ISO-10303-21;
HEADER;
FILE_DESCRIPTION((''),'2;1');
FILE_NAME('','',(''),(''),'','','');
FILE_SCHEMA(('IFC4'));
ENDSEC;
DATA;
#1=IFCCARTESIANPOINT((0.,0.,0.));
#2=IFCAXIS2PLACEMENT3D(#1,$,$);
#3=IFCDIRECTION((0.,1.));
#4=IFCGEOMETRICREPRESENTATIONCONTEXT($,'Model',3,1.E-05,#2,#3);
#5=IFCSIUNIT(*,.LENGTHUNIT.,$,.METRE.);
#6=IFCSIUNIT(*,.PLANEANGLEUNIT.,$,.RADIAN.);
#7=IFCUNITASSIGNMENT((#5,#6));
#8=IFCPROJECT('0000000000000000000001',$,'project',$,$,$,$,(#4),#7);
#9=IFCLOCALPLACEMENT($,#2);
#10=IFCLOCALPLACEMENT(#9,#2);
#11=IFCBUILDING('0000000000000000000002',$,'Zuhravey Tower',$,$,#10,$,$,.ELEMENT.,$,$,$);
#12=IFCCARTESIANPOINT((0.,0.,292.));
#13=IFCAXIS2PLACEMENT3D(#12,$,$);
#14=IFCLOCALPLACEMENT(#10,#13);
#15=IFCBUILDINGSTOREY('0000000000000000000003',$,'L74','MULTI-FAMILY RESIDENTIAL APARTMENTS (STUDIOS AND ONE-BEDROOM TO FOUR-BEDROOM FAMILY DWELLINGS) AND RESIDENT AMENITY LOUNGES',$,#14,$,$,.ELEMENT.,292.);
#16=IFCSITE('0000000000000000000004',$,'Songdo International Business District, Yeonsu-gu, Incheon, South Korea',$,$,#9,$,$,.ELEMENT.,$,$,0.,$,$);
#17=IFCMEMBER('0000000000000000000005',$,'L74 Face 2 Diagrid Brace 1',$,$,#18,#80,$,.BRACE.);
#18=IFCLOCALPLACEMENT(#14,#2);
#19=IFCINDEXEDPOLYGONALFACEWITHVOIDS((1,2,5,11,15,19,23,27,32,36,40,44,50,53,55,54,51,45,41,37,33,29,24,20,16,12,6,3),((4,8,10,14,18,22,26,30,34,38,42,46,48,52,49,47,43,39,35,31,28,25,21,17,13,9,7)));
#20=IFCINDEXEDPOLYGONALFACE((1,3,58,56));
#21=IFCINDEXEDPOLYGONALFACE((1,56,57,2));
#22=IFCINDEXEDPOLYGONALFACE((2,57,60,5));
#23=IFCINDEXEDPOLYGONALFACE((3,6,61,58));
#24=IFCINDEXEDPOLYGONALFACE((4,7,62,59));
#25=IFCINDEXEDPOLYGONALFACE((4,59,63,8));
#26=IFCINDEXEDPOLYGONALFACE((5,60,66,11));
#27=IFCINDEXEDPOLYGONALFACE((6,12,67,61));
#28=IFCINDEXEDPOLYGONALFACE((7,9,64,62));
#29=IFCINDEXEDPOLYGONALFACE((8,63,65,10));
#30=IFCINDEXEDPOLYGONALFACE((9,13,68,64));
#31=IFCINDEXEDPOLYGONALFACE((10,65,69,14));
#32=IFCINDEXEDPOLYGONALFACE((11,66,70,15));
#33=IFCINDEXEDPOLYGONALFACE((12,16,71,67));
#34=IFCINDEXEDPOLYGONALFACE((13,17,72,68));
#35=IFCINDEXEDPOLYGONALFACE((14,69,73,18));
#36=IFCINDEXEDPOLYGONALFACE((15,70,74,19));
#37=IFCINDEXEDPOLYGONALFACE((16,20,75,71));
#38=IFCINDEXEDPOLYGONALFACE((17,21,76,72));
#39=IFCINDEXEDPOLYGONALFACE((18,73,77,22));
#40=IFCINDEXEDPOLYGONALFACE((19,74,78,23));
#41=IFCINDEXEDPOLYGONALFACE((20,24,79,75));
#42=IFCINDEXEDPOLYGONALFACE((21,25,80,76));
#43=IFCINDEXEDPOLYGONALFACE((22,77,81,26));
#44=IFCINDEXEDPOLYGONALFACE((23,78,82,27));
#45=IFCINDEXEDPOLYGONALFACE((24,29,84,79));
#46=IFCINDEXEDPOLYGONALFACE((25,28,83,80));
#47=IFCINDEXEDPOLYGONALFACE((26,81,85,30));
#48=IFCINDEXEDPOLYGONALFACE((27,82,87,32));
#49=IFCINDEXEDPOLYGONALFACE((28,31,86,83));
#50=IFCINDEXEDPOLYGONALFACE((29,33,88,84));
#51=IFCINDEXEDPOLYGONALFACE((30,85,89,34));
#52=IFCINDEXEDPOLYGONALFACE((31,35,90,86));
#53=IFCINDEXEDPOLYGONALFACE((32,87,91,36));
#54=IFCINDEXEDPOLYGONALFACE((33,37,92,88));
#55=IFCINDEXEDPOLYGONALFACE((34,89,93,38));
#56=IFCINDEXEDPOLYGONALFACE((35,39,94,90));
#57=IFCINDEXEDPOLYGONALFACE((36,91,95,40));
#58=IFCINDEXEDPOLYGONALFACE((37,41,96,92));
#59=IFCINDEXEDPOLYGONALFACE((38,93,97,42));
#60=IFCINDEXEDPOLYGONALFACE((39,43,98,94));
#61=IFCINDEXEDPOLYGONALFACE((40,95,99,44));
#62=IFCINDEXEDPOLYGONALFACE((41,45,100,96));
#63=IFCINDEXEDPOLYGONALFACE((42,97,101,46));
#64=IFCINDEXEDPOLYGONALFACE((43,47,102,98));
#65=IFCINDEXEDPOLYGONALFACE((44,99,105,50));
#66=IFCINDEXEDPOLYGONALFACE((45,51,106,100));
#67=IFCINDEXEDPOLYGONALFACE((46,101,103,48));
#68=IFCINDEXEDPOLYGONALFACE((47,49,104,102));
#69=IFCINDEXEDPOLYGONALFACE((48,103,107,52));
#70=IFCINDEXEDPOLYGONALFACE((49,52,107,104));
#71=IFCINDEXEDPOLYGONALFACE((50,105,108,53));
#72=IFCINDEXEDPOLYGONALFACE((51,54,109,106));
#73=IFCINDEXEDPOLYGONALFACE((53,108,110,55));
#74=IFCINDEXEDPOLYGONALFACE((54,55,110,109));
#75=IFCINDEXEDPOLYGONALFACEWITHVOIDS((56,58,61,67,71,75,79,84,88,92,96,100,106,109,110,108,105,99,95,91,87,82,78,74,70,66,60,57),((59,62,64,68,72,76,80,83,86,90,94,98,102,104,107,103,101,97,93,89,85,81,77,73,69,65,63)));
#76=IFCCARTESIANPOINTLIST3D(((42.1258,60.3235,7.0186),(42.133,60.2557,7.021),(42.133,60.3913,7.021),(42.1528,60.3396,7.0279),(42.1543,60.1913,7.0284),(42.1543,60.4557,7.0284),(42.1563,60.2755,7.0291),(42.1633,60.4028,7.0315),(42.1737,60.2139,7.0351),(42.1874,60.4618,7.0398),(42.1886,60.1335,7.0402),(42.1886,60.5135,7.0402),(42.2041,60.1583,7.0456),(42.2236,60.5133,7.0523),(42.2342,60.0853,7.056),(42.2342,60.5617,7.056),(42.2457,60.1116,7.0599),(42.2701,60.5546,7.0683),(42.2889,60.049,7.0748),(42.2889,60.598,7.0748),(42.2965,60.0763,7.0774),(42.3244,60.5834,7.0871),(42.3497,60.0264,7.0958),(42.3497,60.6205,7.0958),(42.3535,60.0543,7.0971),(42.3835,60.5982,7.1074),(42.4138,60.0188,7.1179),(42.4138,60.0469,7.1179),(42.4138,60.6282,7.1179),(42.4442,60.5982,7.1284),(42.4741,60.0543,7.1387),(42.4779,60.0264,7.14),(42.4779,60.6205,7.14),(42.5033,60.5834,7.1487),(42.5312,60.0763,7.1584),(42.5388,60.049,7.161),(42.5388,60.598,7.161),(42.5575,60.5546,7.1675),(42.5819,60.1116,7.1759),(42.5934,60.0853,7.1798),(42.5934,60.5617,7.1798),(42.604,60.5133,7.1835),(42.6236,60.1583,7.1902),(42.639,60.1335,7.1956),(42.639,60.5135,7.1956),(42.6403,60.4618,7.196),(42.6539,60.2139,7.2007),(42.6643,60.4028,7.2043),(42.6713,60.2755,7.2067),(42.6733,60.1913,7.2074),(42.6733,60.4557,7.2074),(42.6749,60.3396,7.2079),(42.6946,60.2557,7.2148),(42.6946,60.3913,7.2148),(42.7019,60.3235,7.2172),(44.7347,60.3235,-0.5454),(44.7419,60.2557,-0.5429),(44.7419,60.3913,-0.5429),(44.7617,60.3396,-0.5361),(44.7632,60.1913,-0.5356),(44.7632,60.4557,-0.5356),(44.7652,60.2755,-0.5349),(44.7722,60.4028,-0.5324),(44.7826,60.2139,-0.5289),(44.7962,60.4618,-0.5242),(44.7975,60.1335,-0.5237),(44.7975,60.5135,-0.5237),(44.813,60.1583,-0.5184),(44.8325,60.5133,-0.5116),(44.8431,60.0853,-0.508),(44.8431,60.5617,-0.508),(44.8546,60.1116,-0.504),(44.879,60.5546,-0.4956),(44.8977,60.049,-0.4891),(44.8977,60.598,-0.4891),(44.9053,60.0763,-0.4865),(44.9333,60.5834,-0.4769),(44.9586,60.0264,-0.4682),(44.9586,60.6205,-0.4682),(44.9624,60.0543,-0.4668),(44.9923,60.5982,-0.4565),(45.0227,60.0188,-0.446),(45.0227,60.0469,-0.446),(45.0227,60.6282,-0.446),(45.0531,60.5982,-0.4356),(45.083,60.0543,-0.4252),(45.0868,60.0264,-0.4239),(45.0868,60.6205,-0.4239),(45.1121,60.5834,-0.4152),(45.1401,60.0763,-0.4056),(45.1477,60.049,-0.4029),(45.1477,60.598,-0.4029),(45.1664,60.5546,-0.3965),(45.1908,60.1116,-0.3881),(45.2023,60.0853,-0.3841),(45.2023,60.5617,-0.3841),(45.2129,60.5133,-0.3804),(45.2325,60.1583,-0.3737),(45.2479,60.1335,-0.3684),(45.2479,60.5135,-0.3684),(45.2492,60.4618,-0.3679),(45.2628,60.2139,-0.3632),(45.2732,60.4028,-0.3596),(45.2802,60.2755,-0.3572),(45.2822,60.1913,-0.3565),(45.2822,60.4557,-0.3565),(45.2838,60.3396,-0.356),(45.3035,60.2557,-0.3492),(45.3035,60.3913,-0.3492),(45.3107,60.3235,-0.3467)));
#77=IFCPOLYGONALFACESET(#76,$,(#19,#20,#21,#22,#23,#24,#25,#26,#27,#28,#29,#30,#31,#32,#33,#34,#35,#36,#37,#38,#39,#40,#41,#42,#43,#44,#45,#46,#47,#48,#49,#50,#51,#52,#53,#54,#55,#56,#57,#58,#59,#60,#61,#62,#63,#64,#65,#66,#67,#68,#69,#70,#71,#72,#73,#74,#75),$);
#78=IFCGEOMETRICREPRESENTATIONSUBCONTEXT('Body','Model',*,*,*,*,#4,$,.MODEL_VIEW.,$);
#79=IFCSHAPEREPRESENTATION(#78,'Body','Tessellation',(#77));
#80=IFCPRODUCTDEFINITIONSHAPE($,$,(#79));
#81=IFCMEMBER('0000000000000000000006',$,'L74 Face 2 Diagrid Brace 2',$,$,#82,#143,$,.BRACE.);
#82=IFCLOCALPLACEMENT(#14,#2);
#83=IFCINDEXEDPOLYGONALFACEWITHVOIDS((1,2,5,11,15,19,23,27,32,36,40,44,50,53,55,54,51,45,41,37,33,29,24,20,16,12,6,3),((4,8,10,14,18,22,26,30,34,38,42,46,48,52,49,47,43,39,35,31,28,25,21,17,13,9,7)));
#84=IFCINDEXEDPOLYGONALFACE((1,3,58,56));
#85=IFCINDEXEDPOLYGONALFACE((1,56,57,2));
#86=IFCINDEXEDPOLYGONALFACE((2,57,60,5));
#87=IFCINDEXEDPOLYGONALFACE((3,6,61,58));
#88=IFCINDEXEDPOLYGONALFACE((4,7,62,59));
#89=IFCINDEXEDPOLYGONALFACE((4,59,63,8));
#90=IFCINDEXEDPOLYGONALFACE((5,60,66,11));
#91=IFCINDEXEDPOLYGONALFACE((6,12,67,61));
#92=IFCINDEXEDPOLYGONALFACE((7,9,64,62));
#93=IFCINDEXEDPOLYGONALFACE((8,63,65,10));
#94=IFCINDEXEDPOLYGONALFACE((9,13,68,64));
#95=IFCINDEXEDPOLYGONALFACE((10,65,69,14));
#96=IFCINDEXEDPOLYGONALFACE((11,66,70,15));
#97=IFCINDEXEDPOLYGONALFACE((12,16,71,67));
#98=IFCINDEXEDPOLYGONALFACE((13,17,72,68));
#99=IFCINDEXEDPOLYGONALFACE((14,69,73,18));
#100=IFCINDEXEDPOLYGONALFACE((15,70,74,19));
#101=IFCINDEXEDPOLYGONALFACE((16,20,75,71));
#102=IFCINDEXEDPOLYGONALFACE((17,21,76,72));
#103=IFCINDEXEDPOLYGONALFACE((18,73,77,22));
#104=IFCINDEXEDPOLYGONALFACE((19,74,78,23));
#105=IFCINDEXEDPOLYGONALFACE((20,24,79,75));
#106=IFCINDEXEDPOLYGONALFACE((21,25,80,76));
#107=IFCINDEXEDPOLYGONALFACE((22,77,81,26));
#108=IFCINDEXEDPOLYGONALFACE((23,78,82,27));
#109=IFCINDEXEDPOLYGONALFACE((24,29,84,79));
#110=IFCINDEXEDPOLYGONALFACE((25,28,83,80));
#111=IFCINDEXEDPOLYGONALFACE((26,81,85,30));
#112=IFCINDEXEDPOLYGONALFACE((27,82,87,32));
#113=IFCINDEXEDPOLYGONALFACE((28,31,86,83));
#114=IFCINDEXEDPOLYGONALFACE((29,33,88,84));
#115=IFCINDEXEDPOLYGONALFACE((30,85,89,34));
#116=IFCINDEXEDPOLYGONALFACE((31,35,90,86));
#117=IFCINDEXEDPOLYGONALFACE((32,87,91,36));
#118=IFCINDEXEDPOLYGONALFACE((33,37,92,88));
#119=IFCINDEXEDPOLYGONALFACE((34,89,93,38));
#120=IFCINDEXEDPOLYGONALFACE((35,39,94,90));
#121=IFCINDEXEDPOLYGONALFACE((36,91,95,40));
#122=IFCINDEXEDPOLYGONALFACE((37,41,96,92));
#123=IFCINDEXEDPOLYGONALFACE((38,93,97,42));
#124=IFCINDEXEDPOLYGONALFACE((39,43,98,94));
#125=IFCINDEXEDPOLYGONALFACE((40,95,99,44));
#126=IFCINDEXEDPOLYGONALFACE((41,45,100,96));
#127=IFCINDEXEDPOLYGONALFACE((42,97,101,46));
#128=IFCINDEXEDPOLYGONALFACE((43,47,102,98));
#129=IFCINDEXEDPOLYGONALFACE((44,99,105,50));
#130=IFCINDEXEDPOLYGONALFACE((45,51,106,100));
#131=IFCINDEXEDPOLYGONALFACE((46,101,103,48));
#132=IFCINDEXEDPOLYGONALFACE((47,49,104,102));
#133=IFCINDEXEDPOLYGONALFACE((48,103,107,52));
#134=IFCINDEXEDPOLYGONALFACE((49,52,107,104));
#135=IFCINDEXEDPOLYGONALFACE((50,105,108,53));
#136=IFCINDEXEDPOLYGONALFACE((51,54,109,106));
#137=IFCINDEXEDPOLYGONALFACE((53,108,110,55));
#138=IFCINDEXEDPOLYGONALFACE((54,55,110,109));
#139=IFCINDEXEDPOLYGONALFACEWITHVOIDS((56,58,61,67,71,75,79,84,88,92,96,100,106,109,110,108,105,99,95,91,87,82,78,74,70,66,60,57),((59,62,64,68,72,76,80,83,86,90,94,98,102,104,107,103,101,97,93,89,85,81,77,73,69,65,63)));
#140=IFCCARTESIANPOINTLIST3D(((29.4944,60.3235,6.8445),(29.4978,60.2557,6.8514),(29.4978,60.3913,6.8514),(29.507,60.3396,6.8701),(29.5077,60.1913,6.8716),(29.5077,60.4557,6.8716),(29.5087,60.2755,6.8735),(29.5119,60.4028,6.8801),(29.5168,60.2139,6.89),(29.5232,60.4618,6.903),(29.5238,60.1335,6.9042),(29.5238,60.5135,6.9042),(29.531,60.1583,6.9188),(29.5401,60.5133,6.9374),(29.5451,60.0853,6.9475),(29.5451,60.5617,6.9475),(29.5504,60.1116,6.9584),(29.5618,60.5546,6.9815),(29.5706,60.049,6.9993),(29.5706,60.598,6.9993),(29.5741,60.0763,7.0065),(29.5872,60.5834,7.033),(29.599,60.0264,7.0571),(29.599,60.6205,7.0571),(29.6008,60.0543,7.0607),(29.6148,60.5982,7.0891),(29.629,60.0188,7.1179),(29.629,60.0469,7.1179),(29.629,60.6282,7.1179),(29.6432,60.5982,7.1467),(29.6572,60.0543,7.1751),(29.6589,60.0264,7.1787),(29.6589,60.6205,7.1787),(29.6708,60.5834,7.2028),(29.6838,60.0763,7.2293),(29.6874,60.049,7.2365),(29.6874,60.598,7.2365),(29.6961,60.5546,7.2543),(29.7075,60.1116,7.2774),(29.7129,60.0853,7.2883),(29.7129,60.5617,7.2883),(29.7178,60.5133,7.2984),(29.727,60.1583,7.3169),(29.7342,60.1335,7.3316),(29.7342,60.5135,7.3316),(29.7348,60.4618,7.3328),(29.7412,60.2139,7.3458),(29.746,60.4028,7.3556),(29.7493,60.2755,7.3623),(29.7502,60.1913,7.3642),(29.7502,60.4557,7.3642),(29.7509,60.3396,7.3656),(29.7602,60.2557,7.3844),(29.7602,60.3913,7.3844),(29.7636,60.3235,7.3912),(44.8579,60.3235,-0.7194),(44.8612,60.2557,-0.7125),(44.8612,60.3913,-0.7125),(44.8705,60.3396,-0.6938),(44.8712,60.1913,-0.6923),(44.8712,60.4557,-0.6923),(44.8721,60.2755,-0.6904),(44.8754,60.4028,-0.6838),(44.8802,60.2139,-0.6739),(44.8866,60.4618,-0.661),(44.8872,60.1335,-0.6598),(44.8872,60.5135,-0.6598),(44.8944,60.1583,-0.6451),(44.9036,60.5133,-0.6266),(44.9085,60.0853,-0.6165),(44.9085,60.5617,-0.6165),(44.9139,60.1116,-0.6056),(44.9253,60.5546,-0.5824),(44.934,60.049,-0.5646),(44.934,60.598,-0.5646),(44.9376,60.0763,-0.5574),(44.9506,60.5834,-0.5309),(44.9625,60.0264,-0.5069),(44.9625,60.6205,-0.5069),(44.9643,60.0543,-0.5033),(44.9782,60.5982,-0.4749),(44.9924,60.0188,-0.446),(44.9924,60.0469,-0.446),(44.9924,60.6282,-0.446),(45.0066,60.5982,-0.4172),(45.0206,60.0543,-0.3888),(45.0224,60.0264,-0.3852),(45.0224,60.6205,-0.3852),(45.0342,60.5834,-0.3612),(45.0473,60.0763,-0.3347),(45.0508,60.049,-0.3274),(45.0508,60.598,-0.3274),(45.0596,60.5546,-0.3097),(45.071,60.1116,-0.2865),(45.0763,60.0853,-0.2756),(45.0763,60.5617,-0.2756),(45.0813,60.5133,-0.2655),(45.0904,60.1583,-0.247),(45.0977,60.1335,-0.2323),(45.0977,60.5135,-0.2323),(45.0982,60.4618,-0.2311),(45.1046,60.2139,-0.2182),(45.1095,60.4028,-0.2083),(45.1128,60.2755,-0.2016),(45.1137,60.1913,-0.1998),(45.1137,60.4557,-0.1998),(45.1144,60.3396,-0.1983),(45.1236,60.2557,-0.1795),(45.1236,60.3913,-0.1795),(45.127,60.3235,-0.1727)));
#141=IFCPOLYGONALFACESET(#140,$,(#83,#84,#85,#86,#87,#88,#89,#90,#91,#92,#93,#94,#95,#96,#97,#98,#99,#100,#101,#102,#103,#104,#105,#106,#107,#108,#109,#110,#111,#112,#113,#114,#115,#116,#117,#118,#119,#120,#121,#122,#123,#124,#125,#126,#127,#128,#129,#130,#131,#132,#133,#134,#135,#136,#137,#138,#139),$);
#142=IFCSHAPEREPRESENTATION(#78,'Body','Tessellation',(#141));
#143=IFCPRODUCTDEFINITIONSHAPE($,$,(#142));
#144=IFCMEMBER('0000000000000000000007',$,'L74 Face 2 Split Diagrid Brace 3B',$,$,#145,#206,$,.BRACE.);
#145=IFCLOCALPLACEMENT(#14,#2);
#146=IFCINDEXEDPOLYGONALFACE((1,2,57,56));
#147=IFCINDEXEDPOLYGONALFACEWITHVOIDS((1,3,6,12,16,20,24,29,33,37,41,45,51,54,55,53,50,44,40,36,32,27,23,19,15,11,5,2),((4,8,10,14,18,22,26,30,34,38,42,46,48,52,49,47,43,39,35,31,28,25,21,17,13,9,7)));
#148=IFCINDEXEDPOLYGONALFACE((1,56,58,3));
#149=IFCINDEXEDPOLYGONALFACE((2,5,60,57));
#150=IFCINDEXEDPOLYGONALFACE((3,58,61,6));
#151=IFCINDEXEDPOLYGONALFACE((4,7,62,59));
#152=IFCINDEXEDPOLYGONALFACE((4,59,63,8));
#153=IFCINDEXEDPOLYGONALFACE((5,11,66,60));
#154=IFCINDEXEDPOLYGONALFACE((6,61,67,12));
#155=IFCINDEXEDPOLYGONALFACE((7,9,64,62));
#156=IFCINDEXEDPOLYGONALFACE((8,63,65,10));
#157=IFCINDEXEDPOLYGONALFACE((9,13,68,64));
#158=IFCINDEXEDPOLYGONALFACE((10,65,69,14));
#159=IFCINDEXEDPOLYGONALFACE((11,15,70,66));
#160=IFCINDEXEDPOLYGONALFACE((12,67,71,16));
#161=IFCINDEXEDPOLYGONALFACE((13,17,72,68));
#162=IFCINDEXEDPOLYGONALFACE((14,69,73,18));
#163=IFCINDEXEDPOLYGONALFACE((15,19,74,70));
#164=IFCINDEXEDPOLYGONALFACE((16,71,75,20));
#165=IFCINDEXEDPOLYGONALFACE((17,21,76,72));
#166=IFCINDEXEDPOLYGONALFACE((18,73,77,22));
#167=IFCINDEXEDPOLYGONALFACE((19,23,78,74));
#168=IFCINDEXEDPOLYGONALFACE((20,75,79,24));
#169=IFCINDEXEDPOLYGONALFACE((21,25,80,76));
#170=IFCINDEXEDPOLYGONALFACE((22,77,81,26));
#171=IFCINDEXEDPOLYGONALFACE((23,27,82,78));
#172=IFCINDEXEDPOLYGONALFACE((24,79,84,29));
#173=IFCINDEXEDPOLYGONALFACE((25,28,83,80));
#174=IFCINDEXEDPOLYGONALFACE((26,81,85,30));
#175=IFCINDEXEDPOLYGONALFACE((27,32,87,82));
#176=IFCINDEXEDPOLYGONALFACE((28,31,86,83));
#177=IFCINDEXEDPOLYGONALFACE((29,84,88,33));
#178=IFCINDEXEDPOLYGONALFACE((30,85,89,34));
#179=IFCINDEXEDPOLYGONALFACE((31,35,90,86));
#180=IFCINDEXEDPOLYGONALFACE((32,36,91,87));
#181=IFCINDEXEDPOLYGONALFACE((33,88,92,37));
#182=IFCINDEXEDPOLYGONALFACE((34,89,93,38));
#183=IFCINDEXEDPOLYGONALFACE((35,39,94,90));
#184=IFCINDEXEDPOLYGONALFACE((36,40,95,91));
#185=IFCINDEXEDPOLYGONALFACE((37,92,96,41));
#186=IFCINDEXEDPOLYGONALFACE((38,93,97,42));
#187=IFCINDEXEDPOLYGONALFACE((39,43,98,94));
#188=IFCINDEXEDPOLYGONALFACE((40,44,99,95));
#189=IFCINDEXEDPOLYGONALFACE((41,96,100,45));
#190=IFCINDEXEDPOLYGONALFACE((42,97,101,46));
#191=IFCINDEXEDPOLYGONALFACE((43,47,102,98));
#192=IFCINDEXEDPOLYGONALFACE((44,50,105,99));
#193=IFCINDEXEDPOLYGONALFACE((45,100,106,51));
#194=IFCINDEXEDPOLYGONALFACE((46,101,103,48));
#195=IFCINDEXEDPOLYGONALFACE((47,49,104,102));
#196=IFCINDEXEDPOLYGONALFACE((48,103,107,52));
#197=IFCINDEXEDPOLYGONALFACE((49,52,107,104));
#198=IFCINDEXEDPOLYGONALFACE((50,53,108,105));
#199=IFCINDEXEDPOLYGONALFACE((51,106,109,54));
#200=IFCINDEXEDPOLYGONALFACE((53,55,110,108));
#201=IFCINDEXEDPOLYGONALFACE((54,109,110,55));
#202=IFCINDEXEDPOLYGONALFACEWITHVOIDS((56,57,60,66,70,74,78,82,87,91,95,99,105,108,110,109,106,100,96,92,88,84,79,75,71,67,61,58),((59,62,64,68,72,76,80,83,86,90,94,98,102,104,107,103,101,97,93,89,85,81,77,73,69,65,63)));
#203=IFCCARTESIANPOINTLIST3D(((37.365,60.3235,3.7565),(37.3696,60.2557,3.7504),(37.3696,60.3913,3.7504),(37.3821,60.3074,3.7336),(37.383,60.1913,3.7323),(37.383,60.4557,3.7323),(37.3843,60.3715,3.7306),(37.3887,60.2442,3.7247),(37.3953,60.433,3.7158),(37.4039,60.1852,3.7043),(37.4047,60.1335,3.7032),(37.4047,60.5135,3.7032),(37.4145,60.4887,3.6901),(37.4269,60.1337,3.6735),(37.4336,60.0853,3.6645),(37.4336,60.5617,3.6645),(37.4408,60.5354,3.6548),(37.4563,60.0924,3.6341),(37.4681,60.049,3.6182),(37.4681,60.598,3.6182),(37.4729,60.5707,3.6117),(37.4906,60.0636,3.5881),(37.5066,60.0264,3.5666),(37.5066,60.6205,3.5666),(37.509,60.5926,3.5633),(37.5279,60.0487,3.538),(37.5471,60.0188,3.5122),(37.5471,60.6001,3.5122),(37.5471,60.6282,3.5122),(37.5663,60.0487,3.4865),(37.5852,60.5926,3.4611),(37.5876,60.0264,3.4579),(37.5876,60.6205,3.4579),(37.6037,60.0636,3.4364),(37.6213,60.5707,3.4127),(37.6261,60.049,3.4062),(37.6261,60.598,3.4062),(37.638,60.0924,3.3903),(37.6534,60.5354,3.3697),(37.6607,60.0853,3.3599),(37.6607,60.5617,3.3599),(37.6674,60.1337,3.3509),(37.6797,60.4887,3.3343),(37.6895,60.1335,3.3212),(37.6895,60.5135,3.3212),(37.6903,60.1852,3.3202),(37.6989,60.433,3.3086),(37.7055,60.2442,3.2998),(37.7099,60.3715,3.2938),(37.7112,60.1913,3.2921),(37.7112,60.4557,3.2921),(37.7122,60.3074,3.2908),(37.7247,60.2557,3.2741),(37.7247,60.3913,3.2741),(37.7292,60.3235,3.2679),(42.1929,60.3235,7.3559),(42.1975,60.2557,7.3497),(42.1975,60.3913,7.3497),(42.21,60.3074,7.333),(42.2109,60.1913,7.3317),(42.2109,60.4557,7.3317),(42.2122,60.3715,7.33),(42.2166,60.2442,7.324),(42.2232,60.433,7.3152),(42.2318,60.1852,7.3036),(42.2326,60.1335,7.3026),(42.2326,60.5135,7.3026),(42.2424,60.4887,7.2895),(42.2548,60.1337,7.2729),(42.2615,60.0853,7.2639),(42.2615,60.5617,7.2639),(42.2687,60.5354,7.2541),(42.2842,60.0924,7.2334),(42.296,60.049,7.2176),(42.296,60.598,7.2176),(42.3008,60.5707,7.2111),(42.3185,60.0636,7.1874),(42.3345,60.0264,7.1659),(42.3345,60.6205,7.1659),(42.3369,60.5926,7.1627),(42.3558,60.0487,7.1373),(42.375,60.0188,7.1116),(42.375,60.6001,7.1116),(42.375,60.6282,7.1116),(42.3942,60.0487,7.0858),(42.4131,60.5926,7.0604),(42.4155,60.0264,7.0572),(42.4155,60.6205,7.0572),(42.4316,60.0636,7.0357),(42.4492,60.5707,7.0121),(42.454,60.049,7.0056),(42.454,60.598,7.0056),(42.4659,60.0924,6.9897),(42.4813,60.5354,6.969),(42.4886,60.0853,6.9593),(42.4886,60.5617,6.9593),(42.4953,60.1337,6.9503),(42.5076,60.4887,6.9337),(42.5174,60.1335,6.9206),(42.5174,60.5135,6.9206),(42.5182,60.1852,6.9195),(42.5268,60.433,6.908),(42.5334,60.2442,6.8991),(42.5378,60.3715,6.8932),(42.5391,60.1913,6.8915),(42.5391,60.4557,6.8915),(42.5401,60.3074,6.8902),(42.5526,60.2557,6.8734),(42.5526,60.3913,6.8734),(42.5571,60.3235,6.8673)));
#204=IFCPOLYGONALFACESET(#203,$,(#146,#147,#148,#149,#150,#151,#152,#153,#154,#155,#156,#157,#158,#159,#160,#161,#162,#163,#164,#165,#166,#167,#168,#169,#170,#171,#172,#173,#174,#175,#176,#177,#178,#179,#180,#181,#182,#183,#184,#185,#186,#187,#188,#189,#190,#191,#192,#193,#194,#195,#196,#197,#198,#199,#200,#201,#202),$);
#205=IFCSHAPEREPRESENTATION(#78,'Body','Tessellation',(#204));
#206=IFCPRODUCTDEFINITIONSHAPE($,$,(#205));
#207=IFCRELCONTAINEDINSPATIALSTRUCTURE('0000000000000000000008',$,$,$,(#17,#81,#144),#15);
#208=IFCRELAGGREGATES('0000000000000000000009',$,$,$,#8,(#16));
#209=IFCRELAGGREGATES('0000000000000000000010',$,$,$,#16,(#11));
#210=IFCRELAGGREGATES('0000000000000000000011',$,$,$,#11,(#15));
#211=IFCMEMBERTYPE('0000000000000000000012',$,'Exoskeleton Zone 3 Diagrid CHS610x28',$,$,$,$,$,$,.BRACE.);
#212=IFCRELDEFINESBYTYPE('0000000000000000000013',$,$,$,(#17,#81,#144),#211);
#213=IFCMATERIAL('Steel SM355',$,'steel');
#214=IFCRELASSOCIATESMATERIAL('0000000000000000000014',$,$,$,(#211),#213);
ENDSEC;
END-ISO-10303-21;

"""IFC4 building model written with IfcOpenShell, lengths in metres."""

from ifc_helpers import new_model, si_unit, direction, frame, origin, origin_2d, place, context, subcontext, project, spatial, hollow_circle, extrude, material, material_profile, profile_set, type_object, element, save


model = new_model("IFC4")

# Units and contexts
model_context = context("Model", 3, precision=1e-05, world=origin(), true_north=direction((0.0, 1.0)))
body_context = subcontext(model_context, "Body", "Model", "MODEL_VIEW")
ifc_project = project(units=[si_unit("LENGTHUNIT", "METRE"), si_unit("PLANEANGLEUNIT", "RADIAN")], contexts=[model_context])

# Site, building, storey
site_placement = place(None, origin())
site = spatial("IfcSite", under=ifc_project, at=site_placement, Name="Songdo International Business District, Yeonsu-gu, Incheon, South Korea", CompositionType="ELEMENT", RefElevation=0.0)
building_placement = place(site_placement, origin())
building = spatial("IfcBuilding", under=site, at=building_placement, Name="Zuhravey Tower", CompositionType="ELEMENT")
storey_placement = place(building_placement, frame((0.0, 0.0, 292.0)))
storey = spatial("IfcBuildingStorey", under=building, at=storey_placement, Name="L74", Description="MULTI-FAMILY RESIDENTIAL APARTMENTS (STUDIOS AND ONE-BEDROOM TO FOUR-BEDROOM FAMILY DWELLINGS) AND RESIDENT AMENITY LOUNGES", CompositionType="ELEMENT", Elevation=292.0)

# Members
ifc_material_1 = material(Name="Steel SM355", Category="steel")
ifc_material_profile_1 = material_profile(ifc_material_1, hollow_circle(Radius=0.3047, WallThickness=0.0281, at=origin_2d()), Name="CHS-609.6x28")
ifc_profile_set_1 = profile_set([ifc_material_profile_1], Name="Steel SM355")
member_type_1 = type_object("IfcMemberType", Name="Exoskeleton Zone 3 Diagrid CHS610x28", PredefinedType="BRACE", material=ifc_profile_set_1)
member_1_placement = place(storey_placement, frame((45.0227, 60.3235, -0.446), z_axis=(-0.32606, 0.0, 0.945349), x_axis=(0.0, -1.0, 0.0)))
element("IfcMember", 1, at=member_1_placement, inside=storey, type_object=member_type_1, Name="L74 Face 2 Diagrid Brace 1", PredefinedType="BRACE", context=body_context, shape_type="SweptSolid", body=[
    extrude(hollow_circle(Radius=0.3047, WallThickness=0.0281, at=origin_2d()), origin(), (0.0, 0.0, 1.0), 8.0012),
])
member_2_placement = place(storey_placement, frame((44.9924, 60.3235, -0.446), z_axis=(-0.897162, 0.0, 0.441702), x_axis=(0.0, -1.0, 0.0)))
element("IfcMember", 2, at=member_2_placement, inside=storey, type_object=member_type_1, Name="L74 Face 2 Diagrid Brace 2", PredefinedType="BRACE", context=body_context, shape_type="SweptSolid", body=[
    extrude(hollow_circle(Radius=0.3047, WallThickness=0.0281, at=origin_2d()), origin(), (0.0, 0.0, 1.0), 17.1245),
])
member_3_placement = place(storey_placement, frame((37.5471, 60.3235, 3.5122), z_axis=(0.801714, 0.0, 0.597708), x_axis=(0.0, 1.0, 0.0)))
element("IfcMember", 3, at=member_3_placement, inside=storey, type_object=member_type_1, Name="L74 Face 2 Split Diagrid Brace 3B", PredefinedType="BRACE", context=body_context, shape_type="SweptSolid", body=[
    extrude(hollow_circle(Radius=0.3047, WallThickness=0.0281, at=origin_2d()), origin(), (0.0, 0.0, 1.0), 6.022),
])

save(model, "model.ifc")
